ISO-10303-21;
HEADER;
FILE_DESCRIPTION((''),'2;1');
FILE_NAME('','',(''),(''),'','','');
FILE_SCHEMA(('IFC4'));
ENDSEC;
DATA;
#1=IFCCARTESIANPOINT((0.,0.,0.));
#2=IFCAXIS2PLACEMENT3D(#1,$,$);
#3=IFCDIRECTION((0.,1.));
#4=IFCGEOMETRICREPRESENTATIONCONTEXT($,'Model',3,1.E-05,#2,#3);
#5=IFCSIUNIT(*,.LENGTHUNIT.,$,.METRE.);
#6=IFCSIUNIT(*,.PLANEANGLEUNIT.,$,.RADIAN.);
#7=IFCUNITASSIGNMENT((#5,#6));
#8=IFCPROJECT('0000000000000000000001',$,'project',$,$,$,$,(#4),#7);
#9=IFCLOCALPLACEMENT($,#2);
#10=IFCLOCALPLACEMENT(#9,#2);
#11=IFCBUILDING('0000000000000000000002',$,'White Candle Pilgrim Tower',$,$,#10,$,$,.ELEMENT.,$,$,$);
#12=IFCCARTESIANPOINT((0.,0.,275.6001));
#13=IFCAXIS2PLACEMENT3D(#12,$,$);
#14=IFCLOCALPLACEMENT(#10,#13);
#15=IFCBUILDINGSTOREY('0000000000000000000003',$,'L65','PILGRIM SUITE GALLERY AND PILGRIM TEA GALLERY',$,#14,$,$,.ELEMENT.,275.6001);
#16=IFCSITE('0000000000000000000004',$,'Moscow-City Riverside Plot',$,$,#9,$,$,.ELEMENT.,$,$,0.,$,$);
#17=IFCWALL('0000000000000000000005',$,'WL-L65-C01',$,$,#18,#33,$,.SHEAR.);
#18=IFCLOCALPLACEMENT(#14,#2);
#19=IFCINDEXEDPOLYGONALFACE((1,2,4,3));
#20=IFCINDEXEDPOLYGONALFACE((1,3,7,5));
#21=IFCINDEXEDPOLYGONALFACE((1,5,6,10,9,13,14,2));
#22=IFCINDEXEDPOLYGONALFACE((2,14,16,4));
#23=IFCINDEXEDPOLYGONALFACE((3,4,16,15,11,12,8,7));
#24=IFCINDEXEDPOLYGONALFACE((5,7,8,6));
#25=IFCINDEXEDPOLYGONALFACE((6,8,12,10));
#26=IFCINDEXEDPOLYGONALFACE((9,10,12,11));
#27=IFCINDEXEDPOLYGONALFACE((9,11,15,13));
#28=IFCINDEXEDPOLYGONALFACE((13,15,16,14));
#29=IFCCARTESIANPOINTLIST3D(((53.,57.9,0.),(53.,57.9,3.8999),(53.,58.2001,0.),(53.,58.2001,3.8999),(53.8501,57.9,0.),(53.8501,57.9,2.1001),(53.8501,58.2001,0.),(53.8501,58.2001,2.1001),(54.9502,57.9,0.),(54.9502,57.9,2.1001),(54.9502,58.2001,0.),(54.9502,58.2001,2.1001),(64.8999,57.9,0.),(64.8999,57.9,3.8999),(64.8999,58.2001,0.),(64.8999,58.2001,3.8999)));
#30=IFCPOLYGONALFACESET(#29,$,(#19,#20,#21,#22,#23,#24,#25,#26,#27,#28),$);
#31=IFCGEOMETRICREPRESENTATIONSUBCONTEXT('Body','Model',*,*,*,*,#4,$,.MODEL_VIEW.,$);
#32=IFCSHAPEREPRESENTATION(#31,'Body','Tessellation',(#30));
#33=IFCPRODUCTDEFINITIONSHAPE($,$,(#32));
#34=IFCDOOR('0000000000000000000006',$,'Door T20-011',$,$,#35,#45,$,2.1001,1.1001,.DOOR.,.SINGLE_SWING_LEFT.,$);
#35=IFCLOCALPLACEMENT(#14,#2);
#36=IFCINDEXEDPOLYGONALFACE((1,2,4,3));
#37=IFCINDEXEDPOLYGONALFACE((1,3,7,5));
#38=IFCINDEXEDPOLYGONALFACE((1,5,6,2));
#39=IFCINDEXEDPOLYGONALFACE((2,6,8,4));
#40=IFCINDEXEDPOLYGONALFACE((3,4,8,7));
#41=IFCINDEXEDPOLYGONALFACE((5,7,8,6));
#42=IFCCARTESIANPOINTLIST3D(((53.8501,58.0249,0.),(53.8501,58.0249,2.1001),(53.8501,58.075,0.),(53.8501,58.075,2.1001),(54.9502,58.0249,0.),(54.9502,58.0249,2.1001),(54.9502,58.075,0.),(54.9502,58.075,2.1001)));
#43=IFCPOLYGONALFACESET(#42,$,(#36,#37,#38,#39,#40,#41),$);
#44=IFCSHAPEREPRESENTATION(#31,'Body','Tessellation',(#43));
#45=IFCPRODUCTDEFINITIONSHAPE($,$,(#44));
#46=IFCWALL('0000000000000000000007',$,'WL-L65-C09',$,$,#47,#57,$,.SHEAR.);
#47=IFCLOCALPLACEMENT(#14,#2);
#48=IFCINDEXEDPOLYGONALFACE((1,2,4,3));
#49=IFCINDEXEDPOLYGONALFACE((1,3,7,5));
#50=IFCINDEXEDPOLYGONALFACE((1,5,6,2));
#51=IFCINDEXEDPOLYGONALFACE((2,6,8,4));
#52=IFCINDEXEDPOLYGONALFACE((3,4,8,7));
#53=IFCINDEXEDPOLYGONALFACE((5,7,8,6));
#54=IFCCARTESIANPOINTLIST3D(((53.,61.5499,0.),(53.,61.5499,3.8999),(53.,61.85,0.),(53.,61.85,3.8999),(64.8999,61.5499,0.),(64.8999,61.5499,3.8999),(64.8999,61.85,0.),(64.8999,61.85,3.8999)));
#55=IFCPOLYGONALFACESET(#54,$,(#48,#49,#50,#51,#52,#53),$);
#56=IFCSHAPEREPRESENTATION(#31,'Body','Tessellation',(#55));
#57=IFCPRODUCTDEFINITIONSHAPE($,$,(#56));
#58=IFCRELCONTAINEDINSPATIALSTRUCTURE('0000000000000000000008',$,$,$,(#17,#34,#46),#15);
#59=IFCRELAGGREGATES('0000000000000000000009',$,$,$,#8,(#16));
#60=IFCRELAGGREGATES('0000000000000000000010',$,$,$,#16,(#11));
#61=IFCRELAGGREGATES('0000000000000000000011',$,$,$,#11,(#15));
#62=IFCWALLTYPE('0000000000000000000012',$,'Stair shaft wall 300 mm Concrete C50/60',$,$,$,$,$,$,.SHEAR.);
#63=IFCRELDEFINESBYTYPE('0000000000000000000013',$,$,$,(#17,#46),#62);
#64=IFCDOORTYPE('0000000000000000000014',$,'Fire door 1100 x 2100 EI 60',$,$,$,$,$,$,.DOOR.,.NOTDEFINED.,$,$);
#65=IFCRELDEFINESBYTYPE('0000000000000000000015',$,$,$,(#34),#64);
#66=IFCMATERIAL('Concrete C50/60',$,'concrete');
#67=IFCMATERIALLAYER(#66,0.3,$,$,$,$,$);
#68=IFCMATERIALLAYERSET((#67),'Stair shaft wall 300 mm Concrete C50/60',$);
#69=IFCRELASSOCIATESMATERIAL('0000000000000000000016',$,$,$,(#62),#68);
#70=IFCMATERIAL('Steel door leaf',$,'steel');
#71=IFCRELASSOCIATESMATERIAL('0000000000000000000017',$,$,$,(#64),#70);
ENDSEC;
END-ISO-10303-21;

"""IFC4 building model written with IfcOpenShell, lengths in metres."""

from ifc_helpers import new_model, si_unit, direction, frame, frame_2d, origin, place, context, subcontext, project, spatial, rectangle, extrude, material, layer, layer_set, type_object, element, fill, save


model = new_model("IFC4")

# Units and contexts
model_context = context("Model", 3, precision=1e-05, world=origin(), true_north=direction((0.0, 1.0)))
body_context = subcontext(model_context, "Body", "Model", "MODEL_VIEW")
ifc_project = project(units=[si_unit("LENGTHUNIT", "METRE"), si_unit("PLANEANGLEUNIT", "RADIAN")], contexts=[model_context])

# Site, building, storey
site_placement = place(None, origin())
site = spatial("IfcSite", under=ifc_project, at=site_placement, Name="Moscow-City Riverside Plot", CompositionType="ELEMENT", RefElevation=0.0)
building_placement = place(site_placement, origin())
building = spatial("IfcBuilding", under=site, at=building_placement, Name="White Candle Pilgrim Tower", CompositionType="ELEMENT")
storey_placement = place(building_placement, frame((0.0, 0.0, 275.6001)))
storey = spatial("IfcBuildingStorey", under=building, at=storey_placement, Name="L65", Description="PILGRIM SUITE GALLERY AND PILGRIM TEA GALLERY", CompositionType="ELEMENT", Elevation=275.6001)

# Shared definitions
ifc_material_1 = material(Name="Concrete C50/60", Category="concrete")

# Shared definitions
ifc_material_2 = material(Name="Steel door leaf", Category="steel")

# Wall, opening, door
ifc_layer_1 = layer(ifc_material_1, 0.3)
ifc_layer_set_1 = layer_set([ifc_layer_1], Name="Stair shaft wall 300 mm Concrete C50/60")
wall_type_1 = type_object("IfcWallType", Name="Stair shaft wall 300 mm Concrete C50/60", PredefinedType="SHEAR", material=ifc_layer_set_1)
wall_1_placement = place(storey_placement, frame((53.0, 58.05, 0.0), z_axis=(0.0, 0.0, 1.0), x_axis=(1.0, 0.0, 0.0)))
wall_1 = element("IfcWall", 1, at=wall_1_placement, inside=storey, type_object=wall_type_1, Name="WL-L65-C01", PredefinedType="SHEAR", context=body_context, shape_type="SweptSolid", body=[
    extrude(rectangle(XDim=11.8999, YDim=0.3, at=frame_2d((5.95, 0.0))), origin(), (0.0, 0.0, 1.0), 3.8999),
])
opening_1_placement = place(wall_1_placement, frame((0.8501, 0.0, 0.0)))
opening_1 = element("IfcOpeningElement", 2, at=opening_1_placement, cuts=wall_1, PredefinedType="OPENING", context=body_context, shape_type="SweptSolid", body=[
    extrude(rectangle(XDim=1.1001, YDim=2.1001, at=frame_2d((0.55, 1.05))), frame((0.0, 0.1599, 0.0), z_axis=(0.0, -1.0, 0.0), x_axis=(1.0, 0.0, 0.0)), (0.0, 0.0, 1.0), 0.3201),
])
door_type_1 = type_object("IfcDoorType", Name="Fire door 1100 x 2100 EI 60", OperationType="NOTDEFINED", PredefinedType="DOOR", material=ifc_material_2)
door_1_placement = place(opening_1_placement, origin())
door_1 = element("IfcDoor", 3, at=door_1_placement, inside=storey, type_object=door_type_1, Name="Door T20-011", OperationType="SINGLE_SWING_LEFT", OverallHeight=2.1001, OverallWidth=1.1001, PredefinedType="DOOR", context=body_context, shape_type="SweptSolid", body=[
    extrude(rectangle(XDim=1.1001, YDim=2.1001, at=frame_2d((0.55, 1.05))), frame((0.0, 0.0249, 0.0), z_axis=(0.0, -1.0, 0.0), x_axis=(1.0, 0.0, 0.0)), (0.0, 0.0, 1.0), 0.05),
])
fill(opening_1, door_1)

# Wall
wall_2_placement = place(storey_placement, frame((53.0, 61.7, 0.0), z_axis=(0.0, 0.0, 1.0), x_axis=(1.0, 0.0, 0.0)))
element("IfcWall", 4, at=wall_2_placement, inside=storey, type_object=wall_type_1, Name="WL-L65-C09", PredefinedType="SHEAR", context=body_context, shape_type="SweptSolid", body=[
    extrude(rectangle(XDim=11.8999, YDim=0.3, at=frame_2d((5.95, 0.0))), origin(), (0.0, 0.0, 1.0), 3.8999),
])

save(model, "model.ifc")
